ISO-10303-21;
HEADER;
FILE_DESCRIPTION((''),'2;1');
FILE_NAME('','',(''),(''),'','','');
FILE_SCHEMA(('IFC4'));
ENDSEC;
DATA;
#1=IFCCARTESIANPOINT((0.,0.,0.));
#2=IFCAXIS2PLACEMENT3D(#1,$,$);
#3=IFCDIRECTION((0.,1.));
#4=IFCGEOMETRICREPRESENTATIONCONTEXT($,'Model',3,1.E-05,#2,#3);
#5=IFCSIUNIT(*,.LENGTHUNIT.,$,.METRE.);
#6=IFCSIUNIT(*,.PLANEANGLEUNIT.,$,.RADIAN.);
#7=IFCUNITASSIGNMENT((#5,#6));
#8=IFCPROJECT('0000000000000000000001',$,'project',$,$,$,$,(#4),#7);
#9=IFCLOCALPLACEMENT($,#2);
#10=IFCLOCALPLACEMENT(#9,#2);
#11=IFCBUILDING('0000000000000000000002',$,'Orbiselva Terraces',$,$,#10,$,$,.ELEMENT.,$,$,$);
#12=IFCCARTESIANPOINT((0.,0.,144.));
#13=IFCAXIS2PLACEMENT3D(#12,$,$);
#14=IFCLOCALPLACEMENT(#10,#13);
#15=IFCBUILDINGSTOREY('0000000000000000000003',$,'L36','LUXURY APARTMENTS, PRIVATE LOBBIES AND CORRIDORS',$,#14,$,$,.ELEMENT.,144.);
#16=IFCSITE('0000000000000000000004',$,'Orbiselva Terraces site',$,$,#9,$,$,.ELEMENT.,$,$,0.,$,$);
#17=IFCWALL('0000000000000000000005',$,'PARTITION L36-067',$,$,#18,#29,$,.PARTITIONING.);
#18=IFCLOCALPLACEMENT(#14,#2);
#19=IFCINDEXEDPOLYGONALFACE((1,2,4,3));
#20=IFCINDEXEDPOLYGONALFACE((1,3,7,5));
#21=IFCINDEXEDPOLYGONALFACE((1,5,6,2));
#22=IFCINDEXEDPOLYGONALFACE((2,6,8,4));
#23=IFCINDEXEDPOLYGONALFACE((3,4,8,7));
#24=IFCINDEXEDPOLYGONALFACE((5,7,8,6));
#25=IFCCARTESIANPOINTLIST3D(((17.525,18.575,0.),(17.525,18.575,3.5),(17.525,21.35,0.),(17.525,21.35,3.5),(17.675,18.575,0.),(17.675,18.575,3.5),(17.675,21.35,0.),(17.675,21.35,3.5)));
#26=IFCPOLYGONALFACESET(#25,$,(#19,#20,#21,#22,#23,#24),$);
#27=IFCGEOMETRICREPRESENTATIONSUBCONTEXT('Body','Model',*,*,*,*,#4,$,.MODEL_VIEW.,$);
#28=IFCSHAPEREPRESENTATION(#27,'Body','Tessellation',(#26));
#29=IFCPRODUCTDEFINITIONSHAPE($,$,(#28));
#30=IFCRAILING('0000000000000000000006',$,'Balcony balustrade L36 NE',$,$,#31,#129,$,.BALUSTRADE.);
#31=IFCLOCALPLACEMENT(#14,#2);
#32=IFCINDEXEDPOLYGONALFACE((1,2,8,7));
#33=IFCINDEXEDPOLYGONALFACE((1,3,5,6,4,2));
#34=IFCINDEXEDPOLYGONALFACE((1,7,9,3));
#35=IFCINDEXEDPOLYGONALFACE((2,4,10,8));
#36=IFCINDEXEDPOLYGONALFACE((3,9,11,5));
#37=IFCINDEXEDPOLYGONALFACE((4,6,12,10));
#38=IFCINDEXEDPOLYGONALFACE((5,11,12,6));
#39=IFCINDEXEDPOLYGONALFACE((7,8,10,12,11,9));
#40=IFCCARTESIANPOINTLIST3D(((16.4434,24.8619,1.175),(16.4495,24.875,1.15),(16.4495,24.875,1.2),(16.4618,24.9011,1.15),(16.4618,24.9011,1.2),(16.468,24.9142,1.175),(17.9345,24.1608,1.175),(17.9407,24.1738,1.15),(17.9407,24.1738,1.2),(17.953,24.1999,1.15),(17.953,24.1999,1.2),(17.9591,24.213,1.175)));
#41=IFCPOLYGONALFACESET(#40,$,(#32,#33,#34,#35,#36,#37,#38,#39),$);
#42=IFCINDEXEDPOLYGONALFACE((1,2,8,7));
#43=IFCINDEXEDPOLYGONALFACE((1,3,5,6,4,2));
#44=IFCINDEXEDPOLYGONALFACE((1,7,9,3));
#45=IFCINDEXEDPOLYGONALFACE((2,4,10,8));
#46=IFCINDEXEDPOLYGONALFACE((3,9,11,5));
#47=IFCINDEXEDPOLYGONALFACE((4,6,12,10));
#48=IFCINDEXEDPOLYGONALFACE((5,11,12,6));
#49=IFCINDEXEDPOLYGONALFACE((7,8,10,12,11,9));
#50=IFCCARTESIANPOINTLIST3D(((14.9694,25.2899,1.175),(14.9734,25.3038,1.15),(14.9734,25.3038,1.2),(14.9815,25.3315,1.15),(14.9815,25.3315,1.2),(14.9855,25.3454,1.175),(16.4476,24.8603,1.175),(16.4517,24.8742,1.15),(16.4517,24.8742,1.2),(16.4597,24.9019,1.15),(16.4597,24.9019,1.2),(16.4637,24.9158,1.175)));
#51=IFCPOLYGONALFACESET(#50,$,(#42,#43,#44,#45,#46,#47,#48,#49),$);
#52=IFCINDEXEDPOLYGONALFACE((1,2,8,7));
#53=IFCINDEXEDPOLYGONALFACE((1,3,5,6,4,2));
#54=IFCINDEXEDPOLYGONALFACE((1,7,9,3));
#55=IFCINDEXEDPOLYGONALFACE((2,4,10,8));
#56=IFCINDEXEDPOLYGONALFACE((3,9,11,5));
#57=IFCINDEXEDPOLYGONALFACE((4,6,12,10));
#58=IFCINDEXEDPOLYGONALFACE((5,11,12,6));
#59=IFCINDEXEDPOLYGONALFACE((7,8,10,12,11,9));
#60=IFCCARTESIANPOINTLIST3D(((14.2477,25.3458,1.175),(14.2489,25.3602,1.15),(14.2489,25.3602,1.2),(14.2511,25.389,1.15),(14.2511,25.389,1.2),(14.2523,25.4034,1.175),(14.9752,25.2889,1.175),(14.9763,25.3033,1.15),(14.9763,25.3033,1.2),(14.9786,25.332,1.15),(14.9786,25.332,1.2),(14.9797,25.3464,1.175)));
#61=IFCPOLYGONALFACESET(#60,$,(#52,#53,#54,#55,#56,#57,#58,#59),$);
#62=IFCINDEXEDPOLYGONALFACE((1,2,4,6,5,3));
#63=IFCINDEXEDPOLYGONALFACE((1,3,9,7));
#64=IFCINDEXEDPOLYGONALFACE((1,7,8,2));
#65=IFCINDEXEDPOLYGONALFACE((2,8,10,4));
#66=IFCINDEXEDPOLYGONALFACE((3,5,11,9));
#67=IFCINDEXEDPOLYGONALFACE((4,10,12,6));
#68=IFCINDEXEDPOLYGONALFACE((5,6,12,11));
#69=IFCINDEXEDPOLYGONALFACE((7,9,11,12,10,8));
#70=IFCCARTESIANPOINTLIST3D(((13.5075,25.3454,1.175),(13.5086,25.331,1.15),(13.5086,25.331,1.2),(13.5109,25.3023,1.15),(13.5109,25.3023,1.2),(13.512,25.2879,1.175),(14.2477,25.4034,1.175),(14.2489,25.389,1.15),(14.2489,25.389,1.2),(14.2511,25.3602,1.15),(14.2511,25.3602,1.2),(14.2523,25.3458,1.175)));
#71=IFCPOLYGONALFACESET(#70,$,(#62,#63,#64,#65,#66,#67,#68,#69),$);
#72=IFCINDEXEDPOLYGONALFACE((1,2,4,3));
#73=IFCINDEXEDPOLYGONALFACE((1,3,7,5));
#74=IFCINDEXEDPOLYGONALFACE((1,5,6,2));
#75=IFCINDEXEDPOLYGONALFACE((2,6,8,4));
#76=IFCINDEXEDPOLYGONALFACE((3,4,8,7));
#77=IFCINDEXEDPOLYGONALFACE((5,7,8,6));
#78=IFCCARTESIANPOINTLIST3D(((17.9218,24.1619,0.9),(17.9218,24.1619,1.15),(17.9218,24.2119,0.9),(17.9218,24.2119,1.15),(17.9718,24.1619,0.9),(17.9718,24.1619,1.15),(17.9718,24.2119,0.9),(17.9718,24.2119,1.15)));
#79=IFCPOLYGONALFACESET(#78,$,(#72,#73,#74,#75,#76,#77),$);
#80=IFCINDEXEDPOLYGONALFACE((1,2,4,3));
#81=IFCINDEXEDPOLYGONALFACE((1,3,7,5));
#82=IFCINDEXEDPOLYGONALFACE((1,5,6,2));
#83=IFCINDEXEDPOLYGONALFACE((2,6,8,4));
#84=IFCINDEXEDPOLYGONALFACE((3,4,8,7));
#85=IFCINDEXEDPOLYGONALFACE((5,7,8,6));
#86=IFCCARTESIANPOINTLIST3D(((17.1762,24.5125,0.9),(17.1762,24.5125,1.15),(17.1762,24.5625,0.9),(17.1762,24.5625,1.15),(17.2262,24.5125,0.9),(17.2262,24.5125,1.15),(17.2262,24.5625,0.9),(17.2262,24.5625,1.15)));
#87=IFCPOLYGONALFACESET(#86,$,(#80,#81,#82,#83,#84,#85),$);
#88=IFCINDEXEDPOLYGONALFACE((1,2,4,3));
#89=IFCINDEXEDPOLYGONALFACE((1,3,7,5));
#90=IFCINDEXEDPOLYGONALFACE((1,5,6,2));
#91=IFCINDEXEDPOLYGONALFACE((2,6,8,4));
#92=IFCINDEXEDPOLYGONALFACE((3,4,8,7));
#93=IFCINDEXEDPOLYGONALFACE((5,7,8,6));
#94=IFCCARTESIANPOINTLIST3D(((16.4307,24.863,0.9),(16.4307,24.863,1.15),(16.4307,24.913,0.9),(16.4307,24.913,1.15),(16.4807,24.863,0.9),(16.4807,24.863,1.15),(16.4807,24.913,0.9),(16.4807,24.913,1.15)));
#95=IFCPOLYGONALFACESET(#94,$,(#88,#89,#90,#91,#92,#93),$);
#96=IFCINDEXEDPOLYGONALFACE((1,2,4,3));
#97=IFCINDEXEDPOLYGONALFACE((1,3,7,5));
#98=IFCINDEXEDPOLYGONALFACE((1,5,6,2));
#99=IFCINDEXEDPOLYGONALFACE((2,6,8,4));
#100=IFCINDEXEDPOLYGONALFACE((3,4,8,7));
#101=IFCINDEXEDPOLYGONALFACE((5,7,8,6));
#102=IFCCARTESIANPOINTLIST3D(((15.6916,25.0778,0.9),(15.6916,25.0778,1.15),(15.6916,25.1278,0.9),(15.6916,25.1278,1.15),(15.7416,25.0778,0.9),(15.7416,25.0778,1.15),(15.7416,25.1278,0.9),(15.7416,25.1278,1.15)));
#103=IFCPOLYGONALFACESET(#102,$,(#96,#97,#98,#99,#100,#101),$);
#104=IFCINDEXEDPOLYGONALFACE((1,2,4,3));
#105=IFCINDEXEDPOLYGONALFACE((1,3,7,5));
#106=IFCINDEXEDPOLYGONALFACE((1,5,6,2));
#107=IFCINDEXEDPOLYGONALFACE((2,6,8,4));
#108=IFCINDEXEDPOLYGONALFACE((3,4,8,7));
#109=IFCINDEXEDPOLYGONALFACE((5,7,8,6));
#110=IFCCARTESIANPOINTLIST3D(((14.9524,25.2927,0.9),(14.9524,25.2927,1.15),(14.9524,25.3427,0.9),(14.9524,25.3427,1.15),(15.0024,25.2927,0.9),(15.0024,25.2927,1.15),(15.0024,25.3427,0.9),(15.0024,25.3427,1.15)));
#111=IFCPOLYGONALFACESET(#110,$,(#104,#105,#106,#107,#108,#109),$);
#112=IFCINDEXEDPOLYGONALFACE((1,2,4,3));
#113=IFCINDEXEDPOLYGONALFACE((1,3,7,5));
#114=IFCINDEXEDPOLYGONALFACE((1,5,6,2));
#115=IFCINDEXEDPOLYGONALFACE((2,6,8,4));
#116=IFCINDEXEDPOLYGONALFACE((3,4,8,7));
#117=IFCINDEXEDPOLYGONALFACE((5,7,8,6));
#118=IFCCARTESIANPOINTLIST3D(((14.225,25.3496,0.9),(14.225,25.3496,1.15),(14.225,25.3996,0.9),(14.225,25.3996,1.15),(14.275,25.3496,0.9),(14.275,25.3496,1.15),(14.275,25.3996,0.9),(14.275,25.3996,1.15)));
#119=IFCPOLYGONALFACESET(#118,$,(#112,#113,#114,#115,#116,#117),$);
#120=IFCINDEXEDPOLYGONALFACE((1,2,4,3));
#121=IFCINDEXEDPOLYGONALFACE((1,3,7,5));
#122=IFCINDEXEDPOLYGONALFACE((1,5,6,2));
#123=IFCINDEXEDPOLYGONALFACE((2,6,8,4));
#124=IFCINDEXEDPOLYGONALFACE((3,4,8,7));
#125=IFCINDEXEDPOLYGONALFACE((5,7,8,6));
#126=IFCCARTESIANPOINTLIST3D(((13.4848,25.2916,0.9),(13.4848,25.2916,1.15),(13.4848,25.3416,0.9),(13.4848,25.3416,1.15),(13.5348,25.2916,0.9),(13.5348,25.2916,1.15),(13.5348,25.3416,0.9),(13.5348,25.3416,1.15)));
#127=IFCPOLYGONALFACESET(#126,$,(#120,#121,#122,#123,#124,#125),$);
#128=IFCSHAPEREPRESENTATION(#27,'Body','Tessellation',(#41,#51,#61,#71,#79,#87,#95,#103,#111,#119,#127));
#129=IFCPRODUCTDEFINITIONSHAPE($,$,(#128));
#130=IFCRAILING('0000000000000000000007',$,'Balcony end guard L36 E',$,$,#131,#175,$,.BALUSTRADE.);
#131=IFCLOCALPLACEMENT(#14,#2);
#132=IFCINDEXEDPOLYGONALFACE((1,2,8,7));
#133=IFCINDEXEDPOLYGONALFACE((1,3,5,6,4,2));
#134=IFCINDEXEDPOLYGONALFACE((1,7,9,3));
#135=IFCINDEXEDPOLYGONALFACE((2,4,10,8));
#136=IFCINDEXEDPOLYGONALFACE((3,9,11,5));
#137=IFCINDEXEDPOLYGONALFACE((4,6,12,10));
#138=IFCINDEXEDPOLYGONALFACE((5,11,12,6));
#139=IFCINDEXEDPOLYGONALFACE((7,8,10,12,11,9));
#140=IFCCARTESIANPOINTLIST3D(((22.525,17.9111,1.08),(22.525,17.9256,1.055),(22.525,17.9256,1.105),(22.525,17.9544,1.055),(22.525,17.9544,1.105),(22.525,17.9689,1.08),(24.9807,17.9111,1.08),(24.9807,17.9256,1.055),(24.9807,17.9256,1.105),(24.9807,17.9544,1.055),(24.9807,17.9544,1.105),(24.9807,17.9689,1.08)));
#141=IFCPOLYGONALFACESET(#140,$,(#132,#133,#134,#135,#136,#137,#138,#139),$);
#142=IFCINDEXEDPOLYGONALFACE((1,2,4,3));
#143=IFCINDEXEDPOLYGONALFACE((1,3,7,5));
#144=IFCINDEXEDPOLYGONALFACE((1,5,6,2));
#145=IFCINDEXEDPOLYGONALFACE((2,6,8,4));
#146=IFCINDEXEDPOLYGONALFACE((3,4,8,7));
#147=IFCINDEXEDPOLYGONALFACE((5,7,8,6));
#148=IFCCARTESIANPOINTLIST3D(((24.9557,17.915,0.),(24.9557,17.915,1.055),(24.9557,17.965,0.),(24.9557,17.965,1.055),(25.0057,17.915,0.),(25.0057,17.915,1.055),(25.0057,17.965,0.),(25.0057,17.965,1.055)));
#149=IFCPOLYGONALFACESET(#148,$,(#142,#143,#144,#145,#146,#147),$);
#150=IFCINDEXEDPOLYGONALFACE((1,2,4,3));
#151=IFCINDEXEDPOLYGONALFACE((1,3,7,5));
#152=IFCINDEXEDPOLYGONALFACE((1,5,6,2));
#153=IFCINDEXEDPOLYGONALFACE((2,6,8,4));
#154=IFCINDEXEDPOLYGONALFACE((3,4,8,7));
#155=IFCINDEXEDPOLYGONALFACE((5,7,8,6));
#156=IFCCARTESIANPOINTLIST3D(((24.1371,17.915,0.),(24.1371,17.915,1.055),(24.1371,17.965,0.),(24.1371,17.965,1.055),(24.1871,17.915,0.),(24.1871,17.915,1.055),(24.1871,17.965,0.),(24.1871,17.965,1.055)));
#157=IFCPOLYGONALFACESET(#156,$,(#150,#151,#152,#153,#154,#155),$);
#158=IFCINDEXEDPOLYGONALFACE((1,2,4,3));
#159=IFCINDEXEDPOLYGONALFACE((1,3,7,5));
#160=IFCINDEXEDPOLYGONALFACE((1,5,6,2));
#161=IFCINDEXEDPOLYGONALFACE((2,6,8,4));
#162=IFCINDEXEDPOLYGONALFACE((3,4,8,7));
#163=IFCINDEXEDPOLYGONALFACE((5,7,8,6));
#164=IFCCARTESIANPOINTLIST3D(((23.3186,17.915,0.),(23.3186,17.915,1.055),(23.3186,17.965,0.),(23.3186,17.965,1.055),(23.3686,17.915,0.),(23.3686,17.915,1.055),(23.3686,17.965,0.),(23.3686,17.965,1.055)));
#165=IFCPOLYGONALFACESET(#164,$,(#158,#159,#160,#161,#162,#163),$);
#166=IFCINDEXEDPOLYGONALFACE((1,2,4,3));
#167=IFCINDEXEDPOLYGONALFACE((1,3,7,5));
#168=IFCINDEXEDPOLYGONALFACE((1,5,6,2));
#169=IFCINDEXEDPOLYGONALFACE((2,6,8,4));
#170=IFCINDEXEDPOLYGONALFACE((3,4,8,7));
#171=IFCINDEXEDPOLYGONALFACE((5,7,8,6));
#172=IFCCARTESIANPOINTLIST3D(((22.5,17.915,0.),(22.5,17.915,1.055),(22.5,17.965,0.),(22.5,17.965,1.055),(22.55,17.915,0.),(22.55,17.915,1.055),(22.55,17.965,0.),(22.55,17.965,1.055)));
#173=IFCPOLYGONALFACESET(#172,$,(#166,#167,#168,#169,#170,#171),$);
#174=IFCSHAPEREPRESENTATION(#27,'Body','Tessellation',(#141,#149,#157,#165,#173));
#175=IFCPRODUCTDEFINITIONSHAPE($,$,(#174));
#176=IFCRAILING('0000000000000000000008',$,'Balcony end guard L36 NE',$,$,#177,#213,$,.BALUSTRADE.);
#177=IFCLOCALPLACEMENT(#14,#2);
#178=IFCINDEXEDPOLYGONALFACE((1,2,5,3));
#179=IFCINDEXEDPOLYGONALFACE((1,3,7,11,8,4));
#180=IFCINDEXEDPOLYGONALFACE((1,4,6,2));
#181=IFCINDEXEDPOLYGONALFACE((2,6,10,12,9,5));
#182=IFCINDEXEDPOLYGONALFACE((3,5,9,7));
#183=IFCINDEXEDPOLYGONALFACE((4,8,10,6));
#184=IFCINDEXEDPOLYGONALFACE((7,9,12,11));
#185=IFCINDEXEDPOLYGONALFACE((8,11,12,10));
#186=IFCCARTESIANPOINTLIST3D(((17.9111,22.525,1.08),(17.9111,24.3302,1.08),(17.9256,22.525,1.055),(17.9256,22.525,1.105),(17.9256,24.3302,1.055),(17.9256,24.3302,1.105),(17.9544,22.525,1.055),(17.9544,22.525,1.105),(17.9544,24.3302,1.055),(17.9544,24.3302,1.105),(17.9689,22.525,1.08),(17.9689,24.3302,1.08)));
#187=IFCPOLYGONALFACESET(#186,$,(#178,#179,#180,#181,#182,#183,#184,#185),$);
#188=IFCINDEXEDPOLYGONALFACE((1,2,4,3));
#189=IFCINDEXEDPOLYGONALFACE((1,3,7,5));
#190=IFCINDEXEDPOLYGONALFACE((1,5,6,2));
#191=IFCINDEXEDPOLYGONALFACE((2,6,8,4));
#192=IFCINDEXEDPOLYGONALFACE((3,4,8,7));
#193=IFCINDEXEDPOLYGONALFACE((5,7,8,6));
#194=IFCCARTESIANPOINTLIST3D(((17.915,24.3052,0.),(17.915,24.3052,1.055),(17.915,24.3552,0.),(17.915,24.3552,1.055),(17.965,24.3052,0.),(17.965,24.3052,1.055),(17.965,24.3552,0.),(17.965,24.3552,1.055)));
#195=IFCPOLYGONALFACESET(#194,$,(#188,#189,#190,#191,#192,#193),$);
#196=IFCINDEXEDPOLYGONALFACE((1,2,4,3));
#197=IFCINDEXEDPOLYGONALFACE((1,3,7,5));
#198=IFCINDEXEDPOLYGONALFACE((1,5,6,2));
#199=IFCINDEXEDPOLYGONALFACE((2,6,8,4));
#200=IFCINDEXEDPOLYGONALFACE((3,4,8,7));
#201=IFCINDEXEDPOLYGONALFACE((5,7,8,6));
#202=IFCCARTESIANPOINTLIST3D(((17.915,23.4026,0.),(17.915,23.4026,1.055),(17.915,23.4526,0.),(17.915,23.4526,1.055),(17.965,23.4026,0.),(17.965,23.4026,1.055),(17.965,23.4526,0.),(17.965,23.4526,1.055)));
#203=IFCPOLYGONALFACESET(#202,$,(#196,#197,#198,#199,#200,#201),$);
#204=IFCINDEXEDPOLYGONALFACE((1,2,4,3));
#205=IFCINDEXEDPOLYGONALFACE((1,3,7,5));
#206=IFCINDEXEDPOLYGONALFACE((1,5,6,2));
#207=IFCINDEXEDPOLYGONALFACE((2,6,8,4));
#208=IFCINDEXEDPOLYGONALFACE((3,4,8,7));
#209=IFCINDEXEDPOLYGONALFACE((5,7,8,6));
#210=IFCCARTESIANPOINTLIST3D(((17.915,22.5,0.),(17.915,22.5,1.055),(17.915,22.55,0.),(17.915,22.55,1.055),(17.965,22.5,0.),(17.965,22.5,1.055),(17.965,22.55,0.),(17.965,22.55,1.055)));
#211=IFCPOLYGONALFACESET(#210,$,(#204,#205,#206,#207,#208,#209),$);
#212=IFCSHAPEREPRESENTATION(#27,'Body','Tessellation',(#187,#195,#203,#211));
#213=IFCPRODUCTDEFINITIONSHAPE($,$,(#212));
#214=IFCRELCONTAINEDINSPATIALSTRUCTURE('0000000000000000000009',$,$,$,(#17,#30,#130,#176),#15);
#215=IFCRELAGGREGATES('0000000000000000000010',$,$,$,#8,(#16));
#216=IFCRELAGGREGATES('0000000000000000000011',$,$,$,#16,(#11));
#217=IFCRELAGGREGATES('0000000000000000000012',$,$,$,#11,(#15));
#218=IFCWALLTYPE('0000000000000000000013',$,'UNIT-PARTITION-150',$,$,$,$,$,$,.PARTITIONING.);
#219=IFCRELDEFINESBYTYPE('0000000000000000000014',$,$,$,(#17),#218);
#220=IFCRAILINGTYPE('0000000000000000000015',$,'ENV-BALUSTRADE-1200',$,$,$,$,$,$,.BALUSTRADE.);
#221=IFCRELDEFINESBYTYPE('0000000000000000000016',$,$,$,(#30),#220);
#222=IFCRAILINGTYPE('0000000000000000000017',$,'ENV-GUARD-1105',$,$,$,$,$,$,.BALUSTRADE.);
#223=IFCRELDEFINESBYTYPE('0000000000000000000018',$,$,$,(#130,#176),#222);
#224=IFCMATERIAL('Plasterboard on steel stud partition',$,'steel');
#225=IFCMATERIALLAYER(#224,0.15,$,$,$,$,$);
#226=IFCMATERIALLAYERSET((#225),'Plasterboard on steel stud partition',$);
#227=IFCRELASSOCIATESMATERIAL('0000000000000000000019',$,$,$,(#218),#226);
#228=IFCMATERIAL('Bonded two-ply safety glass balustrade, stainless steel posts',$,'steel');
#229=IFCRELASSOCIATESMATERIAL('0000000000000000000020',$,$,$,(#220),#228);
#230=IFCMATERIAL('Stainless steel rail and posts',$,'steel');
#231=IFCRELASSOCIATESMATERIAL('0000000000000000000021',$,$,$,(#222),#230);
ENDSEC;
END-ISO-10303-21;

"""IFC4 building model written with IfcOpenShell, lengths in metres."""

from ifc_helpers import new_model, si_unit, direction, frame, frame_2d, origin, origin_2d, place, context, subcontext, project, spatial, polyline, rectangle, outline, extrude, material, layer, layer_set, type_object, element, save


model = new_model("IFC4")

# Units and contexts
model_context = context("Model", 3, precision=1e-05, world=origin(), true_north=direction((0.0, 1.0)))
body_context = subcontext(model_context, "Body", "Model", "MODEL_VIEW")
ifc_project = project(units=[si_unit("LENGTHUNIT", "METRE"), si_unit("PLANEANGLEUNIT", "RADIAN")], contexts=[model_context])

# Site, building, storey
site_placement = place(None, origin())
site = spatial("IfcSite", under=ifc_project, at=site_placement, Name="Orbiselva Terraces site", CompositionType="ELEMENT", RefElevation=0.0)
building_placement = place(site_placement, origin())
building = spatial("IfcBuilding", under=site, at=building_placement, Name="Orbiselva Terraces", CompositionType="ELEMENT")
storey_placement = place(building_placement, frame((0.0, 0.0, 144.0)))
storey = spatial("IfcBuildingStorey", under=building, at=storey_placement, Name="L36", Description="LUXURY APARTMENTS, PRIVATE LOBBIES AND CORRIDORS", CompositionType="ELEMENT", Elevation=144.0)

# Wall
ifc_material_1 = material(Name="Plasterboard on steel stud partition", Category="steel")
ifc_layer_1 = layer(ifc_material_1, 0.15)
ifc_layer_set_1 = layer_set([ifc_layer_1], Name="Plasterboard on steel stud partition")
wall_type_1 = type_object("IfcWallType", Name="UNIT-PARTITION-150", PredefinedType="PARTITIONING", material=ifc_layer_set_1)
wall_1_placement = place(storey_placement, frame((17.6, 18.575, 0.0), z_axis=(0.0, 0.0, 1.0), x_axis=(0.0, 1.0, 0.0)))
element("IfcWall", 1, at=wall_1_placement, inside=storey, type_object=wall_type_1, Name="PARTITION L36-067", PredefinedType="PARTITIONING", context=body_context, shape_type="SweptSolid", body=[
    extrude(rectangle(XDim=2.775, YDim=0.15, at=frame_2d((1.3875, 0.0))), origin(), (0.0, 0.0, 1.0), 3.5),
])

# Railings
ifc_material_2 = material(Name="Bonded two-ply safety glass balustrade, stainless steel posts", Category="steel")
railing_type_1 = type_object("IfcRailingType", Name="ENV-BALUSTRADE-1200", PredefinedType="BALUSTRADE", material=ifc_material_2)
railing_1_placement = place(storey_placement, frame((17.9468, 24.1869, 0.9)))
element("IfcRailing", 2, at=railing_1_placement, inside=storey, type_object=railing_type_1, Name="Balcony balustrade L36 NE", PredefinedType="BALUSTRADE", context=body_context, shape_type="SweptSolid", body=[
    extrude(outline(polyline([(0.0289, 0.0), (0.0144, 0.025), (-0.0144, 0.025), (-0.0289, 0.0), (-0.0144, -0.025), (0.0144, -0.025), (0.0289, 0.0)])), frame((0.0, 0.0, 0.275), z_axis=(-0.904944, 0.42553, 0.0), x_axis=(-0.42553, -0.904944, 0.0)), (0.0, 0.0, 1.0), 1.6477),
    extrude(outline(polyline([(0.0289, 0.0), (0.0144, 0.025), (-0.0144, 0.025), (-0.0289, 0.0), (-0.0144, -0.025), (0.0144, -0.025), (0.0289, 0.0)])), frame((-1.4911, 0.7012, 0.275), z_axis=(-0.96027, 0.279072, 0.0), x_axis=(-0.279072, -0.96027, 0.0)), (0.0, 0.0, 1.0), 1.5394),
    extrude(outline(polyline([(0.0289, 0.0), (0.0144, 0.025), (-0.0144, 0.025), (-0.0289, 0.0), (-0.0144, -0.025), (0.0144, -0.025), (0.0289, 0.0)])), frame((-2.9694, 1.1308, 0.275), z_axis=(-0.996948, 0.07807, 0.0), x_axis=(-0.07807, -0.996948, 0.0)), (0.0, 0.0, 1.0), 0.7297),
    extrude(outline(polyline([(0.0289, 0.0), (0.0144, 0.025), (-0.0144, 0.025), (-0.0289, 0.0), (-0.0144, -0.025), (0.0144, -0.025), (0.0289, 0.0)])), frame((-3.6968, 1.1877, 0.275), z_axis=(-0.996948, -0.078069, 0.0), x_axis=(0.078069, -0.996948, 0.0)), (0.0, 0.0, 1.0), 0.7425),
    extrude(rectangle(XDim=0.05, YDim=0.05, at=origin_2d()), origin(), (0.0, 0.0, 1.0), 0.25),
    extrude(rectangle(XDim=0.05, YDim=0.05, at=origin_2d()), frame((-0.7456, 0.3506, 0.0)), (0.0, 0.0, 1.0), 0.25),
    extrude(rectangle(XDim=0.05, YDim=0.05, at=origin_2d()), frame((-1.4911, 0.7012, 0.0)), (0.0, 0.0, 1.0), 0.25),
    extrude(rectangle(XDim=0.05, YDim=0.05, at=origin_2d()), frame((-2.2302, 0.916, 0.0)), (0.0, 0.0, 1.0), 0.25),
    extrude(rectangle(XDim=0.05, YDim=0.05, at=origin_2d()), frame((-2.9694, 1.1308, 0.0)), (0.0, 0.0, 1.0), 0.25),
    extrude(rectangle(XDim=0.05, YDim=0.05, at=origin_2d()), frame((-3.6968, 1.1877, 0.0)), (0.0, 0.0, 1.0), 0.25),
    extrude(rectangle(XDim=0.05, YDim=0.05, at=origin_2d()), frame((-4.4371, 1.1298, 0.0)), (0.0, 0.0, 1.0), 0.25),
])
ifc_material_3 = material(Name="Stainless steel rail and posts", Category="steel")
railing_type_2 = type_object("IfcRailingType", Name="ENV-GUARD-1105", PredefinedType="BALUSTRADE", material=ifc_material_3)
railing_2_placement = place(storey_placement, frame((24.9807, 17.94, 0.0)))
element("IfcRailing", 3, at=railing_2_placement, inside=storey, type_object=railing_type_2, Name="Balcony end guard L36 E", PredefinedType="BALUSTRADE", context=body_context, shape_type="SweptSolid", body=[
    extrude(outline(polyline([(0.0289, 0.0), (0.0144, 0.025), (-0.0144, 0.025), (-0.0289, 0.0), (-0.0144, -0.025), (0.0144, -0.025), (0.0289, 0.0)])), frame((0.0, 0.0, 1.08), z_axis=(-1.0, 0.0, 0.0), x_axis=(0.0, -1.0, 0.0)), (0.0, 0.0, 1.0), 2.4557),
    extrude(rectangle(XDim=0.05, YDim=0.05, at=origin_2d()), origin(), (0.0, 0.0, 1.0), 1.055),
    extrude(rectangle(XDim=0.05, YDim=0.05, at=origin_2d()), frame((-0.8186, 0.0, 0.0)), (0.0, 0.0, 1.0), 1.055),
    extrude(rectangle(XDim=0.05, YDim=0.05, at=origin_2d()), frame((-1.6371, 0.0, 0.0)), (0.0, 0.0, 1.0), 1.055),
    extrude(rectangle(XDim=0.05, YDim=0.05, at=origin_2d()), frame((-2.4557, 0.0, 0.0)), (0.0, 0.0, 1.0), 1.055),
])
railing_3_placement = place(storey_placement, frame((17.94, 24.3302, 0.0)))
element("IfcRailing", 4, at=railing_3_placement, inside=storey, type_object=railing_type_2, Name="Balcony end guard L36 NE", PredefinedType="BALUSTRADE", context=body_context, shape_type="SweptSolid", body=[
    extrude(outline(polyline([(0.0289, 0.0), (0.0144, 0.025), (-0.0144, 0.025), (-0.0289, 0.0), (-0.0144, -0.025), (0.0144, -0.025), (0.0289, 0.0)])), frame((0.0, 0.0, 1.08), z_axis=(0.0, -1.0, 0.0), x_axis=(1.0, 0.0, 0.0)), (0.0, 0.0, 1.0), 1.8052),
    extrude(rectangle(XDim=0.05, YDim=0.05, at=origin_2d()), origin(), (0.0, 0.0, 1.0), 1.055),
    extrude(rectangle(XDim=0.05, YDim=0.05, at=origin_2d()), frame((0.0, -0.9026, 0.0)), (0.0, 0.0, 1.0), 1.055),
    extrude(rectangle(XDim=0.05, YDim=0.05, at=origin_2d()), frame((0.0, -1.8052, 0.0)), (0.0, 0.0, 1.0), 1.055),
])

save(model, "model.ifc")
